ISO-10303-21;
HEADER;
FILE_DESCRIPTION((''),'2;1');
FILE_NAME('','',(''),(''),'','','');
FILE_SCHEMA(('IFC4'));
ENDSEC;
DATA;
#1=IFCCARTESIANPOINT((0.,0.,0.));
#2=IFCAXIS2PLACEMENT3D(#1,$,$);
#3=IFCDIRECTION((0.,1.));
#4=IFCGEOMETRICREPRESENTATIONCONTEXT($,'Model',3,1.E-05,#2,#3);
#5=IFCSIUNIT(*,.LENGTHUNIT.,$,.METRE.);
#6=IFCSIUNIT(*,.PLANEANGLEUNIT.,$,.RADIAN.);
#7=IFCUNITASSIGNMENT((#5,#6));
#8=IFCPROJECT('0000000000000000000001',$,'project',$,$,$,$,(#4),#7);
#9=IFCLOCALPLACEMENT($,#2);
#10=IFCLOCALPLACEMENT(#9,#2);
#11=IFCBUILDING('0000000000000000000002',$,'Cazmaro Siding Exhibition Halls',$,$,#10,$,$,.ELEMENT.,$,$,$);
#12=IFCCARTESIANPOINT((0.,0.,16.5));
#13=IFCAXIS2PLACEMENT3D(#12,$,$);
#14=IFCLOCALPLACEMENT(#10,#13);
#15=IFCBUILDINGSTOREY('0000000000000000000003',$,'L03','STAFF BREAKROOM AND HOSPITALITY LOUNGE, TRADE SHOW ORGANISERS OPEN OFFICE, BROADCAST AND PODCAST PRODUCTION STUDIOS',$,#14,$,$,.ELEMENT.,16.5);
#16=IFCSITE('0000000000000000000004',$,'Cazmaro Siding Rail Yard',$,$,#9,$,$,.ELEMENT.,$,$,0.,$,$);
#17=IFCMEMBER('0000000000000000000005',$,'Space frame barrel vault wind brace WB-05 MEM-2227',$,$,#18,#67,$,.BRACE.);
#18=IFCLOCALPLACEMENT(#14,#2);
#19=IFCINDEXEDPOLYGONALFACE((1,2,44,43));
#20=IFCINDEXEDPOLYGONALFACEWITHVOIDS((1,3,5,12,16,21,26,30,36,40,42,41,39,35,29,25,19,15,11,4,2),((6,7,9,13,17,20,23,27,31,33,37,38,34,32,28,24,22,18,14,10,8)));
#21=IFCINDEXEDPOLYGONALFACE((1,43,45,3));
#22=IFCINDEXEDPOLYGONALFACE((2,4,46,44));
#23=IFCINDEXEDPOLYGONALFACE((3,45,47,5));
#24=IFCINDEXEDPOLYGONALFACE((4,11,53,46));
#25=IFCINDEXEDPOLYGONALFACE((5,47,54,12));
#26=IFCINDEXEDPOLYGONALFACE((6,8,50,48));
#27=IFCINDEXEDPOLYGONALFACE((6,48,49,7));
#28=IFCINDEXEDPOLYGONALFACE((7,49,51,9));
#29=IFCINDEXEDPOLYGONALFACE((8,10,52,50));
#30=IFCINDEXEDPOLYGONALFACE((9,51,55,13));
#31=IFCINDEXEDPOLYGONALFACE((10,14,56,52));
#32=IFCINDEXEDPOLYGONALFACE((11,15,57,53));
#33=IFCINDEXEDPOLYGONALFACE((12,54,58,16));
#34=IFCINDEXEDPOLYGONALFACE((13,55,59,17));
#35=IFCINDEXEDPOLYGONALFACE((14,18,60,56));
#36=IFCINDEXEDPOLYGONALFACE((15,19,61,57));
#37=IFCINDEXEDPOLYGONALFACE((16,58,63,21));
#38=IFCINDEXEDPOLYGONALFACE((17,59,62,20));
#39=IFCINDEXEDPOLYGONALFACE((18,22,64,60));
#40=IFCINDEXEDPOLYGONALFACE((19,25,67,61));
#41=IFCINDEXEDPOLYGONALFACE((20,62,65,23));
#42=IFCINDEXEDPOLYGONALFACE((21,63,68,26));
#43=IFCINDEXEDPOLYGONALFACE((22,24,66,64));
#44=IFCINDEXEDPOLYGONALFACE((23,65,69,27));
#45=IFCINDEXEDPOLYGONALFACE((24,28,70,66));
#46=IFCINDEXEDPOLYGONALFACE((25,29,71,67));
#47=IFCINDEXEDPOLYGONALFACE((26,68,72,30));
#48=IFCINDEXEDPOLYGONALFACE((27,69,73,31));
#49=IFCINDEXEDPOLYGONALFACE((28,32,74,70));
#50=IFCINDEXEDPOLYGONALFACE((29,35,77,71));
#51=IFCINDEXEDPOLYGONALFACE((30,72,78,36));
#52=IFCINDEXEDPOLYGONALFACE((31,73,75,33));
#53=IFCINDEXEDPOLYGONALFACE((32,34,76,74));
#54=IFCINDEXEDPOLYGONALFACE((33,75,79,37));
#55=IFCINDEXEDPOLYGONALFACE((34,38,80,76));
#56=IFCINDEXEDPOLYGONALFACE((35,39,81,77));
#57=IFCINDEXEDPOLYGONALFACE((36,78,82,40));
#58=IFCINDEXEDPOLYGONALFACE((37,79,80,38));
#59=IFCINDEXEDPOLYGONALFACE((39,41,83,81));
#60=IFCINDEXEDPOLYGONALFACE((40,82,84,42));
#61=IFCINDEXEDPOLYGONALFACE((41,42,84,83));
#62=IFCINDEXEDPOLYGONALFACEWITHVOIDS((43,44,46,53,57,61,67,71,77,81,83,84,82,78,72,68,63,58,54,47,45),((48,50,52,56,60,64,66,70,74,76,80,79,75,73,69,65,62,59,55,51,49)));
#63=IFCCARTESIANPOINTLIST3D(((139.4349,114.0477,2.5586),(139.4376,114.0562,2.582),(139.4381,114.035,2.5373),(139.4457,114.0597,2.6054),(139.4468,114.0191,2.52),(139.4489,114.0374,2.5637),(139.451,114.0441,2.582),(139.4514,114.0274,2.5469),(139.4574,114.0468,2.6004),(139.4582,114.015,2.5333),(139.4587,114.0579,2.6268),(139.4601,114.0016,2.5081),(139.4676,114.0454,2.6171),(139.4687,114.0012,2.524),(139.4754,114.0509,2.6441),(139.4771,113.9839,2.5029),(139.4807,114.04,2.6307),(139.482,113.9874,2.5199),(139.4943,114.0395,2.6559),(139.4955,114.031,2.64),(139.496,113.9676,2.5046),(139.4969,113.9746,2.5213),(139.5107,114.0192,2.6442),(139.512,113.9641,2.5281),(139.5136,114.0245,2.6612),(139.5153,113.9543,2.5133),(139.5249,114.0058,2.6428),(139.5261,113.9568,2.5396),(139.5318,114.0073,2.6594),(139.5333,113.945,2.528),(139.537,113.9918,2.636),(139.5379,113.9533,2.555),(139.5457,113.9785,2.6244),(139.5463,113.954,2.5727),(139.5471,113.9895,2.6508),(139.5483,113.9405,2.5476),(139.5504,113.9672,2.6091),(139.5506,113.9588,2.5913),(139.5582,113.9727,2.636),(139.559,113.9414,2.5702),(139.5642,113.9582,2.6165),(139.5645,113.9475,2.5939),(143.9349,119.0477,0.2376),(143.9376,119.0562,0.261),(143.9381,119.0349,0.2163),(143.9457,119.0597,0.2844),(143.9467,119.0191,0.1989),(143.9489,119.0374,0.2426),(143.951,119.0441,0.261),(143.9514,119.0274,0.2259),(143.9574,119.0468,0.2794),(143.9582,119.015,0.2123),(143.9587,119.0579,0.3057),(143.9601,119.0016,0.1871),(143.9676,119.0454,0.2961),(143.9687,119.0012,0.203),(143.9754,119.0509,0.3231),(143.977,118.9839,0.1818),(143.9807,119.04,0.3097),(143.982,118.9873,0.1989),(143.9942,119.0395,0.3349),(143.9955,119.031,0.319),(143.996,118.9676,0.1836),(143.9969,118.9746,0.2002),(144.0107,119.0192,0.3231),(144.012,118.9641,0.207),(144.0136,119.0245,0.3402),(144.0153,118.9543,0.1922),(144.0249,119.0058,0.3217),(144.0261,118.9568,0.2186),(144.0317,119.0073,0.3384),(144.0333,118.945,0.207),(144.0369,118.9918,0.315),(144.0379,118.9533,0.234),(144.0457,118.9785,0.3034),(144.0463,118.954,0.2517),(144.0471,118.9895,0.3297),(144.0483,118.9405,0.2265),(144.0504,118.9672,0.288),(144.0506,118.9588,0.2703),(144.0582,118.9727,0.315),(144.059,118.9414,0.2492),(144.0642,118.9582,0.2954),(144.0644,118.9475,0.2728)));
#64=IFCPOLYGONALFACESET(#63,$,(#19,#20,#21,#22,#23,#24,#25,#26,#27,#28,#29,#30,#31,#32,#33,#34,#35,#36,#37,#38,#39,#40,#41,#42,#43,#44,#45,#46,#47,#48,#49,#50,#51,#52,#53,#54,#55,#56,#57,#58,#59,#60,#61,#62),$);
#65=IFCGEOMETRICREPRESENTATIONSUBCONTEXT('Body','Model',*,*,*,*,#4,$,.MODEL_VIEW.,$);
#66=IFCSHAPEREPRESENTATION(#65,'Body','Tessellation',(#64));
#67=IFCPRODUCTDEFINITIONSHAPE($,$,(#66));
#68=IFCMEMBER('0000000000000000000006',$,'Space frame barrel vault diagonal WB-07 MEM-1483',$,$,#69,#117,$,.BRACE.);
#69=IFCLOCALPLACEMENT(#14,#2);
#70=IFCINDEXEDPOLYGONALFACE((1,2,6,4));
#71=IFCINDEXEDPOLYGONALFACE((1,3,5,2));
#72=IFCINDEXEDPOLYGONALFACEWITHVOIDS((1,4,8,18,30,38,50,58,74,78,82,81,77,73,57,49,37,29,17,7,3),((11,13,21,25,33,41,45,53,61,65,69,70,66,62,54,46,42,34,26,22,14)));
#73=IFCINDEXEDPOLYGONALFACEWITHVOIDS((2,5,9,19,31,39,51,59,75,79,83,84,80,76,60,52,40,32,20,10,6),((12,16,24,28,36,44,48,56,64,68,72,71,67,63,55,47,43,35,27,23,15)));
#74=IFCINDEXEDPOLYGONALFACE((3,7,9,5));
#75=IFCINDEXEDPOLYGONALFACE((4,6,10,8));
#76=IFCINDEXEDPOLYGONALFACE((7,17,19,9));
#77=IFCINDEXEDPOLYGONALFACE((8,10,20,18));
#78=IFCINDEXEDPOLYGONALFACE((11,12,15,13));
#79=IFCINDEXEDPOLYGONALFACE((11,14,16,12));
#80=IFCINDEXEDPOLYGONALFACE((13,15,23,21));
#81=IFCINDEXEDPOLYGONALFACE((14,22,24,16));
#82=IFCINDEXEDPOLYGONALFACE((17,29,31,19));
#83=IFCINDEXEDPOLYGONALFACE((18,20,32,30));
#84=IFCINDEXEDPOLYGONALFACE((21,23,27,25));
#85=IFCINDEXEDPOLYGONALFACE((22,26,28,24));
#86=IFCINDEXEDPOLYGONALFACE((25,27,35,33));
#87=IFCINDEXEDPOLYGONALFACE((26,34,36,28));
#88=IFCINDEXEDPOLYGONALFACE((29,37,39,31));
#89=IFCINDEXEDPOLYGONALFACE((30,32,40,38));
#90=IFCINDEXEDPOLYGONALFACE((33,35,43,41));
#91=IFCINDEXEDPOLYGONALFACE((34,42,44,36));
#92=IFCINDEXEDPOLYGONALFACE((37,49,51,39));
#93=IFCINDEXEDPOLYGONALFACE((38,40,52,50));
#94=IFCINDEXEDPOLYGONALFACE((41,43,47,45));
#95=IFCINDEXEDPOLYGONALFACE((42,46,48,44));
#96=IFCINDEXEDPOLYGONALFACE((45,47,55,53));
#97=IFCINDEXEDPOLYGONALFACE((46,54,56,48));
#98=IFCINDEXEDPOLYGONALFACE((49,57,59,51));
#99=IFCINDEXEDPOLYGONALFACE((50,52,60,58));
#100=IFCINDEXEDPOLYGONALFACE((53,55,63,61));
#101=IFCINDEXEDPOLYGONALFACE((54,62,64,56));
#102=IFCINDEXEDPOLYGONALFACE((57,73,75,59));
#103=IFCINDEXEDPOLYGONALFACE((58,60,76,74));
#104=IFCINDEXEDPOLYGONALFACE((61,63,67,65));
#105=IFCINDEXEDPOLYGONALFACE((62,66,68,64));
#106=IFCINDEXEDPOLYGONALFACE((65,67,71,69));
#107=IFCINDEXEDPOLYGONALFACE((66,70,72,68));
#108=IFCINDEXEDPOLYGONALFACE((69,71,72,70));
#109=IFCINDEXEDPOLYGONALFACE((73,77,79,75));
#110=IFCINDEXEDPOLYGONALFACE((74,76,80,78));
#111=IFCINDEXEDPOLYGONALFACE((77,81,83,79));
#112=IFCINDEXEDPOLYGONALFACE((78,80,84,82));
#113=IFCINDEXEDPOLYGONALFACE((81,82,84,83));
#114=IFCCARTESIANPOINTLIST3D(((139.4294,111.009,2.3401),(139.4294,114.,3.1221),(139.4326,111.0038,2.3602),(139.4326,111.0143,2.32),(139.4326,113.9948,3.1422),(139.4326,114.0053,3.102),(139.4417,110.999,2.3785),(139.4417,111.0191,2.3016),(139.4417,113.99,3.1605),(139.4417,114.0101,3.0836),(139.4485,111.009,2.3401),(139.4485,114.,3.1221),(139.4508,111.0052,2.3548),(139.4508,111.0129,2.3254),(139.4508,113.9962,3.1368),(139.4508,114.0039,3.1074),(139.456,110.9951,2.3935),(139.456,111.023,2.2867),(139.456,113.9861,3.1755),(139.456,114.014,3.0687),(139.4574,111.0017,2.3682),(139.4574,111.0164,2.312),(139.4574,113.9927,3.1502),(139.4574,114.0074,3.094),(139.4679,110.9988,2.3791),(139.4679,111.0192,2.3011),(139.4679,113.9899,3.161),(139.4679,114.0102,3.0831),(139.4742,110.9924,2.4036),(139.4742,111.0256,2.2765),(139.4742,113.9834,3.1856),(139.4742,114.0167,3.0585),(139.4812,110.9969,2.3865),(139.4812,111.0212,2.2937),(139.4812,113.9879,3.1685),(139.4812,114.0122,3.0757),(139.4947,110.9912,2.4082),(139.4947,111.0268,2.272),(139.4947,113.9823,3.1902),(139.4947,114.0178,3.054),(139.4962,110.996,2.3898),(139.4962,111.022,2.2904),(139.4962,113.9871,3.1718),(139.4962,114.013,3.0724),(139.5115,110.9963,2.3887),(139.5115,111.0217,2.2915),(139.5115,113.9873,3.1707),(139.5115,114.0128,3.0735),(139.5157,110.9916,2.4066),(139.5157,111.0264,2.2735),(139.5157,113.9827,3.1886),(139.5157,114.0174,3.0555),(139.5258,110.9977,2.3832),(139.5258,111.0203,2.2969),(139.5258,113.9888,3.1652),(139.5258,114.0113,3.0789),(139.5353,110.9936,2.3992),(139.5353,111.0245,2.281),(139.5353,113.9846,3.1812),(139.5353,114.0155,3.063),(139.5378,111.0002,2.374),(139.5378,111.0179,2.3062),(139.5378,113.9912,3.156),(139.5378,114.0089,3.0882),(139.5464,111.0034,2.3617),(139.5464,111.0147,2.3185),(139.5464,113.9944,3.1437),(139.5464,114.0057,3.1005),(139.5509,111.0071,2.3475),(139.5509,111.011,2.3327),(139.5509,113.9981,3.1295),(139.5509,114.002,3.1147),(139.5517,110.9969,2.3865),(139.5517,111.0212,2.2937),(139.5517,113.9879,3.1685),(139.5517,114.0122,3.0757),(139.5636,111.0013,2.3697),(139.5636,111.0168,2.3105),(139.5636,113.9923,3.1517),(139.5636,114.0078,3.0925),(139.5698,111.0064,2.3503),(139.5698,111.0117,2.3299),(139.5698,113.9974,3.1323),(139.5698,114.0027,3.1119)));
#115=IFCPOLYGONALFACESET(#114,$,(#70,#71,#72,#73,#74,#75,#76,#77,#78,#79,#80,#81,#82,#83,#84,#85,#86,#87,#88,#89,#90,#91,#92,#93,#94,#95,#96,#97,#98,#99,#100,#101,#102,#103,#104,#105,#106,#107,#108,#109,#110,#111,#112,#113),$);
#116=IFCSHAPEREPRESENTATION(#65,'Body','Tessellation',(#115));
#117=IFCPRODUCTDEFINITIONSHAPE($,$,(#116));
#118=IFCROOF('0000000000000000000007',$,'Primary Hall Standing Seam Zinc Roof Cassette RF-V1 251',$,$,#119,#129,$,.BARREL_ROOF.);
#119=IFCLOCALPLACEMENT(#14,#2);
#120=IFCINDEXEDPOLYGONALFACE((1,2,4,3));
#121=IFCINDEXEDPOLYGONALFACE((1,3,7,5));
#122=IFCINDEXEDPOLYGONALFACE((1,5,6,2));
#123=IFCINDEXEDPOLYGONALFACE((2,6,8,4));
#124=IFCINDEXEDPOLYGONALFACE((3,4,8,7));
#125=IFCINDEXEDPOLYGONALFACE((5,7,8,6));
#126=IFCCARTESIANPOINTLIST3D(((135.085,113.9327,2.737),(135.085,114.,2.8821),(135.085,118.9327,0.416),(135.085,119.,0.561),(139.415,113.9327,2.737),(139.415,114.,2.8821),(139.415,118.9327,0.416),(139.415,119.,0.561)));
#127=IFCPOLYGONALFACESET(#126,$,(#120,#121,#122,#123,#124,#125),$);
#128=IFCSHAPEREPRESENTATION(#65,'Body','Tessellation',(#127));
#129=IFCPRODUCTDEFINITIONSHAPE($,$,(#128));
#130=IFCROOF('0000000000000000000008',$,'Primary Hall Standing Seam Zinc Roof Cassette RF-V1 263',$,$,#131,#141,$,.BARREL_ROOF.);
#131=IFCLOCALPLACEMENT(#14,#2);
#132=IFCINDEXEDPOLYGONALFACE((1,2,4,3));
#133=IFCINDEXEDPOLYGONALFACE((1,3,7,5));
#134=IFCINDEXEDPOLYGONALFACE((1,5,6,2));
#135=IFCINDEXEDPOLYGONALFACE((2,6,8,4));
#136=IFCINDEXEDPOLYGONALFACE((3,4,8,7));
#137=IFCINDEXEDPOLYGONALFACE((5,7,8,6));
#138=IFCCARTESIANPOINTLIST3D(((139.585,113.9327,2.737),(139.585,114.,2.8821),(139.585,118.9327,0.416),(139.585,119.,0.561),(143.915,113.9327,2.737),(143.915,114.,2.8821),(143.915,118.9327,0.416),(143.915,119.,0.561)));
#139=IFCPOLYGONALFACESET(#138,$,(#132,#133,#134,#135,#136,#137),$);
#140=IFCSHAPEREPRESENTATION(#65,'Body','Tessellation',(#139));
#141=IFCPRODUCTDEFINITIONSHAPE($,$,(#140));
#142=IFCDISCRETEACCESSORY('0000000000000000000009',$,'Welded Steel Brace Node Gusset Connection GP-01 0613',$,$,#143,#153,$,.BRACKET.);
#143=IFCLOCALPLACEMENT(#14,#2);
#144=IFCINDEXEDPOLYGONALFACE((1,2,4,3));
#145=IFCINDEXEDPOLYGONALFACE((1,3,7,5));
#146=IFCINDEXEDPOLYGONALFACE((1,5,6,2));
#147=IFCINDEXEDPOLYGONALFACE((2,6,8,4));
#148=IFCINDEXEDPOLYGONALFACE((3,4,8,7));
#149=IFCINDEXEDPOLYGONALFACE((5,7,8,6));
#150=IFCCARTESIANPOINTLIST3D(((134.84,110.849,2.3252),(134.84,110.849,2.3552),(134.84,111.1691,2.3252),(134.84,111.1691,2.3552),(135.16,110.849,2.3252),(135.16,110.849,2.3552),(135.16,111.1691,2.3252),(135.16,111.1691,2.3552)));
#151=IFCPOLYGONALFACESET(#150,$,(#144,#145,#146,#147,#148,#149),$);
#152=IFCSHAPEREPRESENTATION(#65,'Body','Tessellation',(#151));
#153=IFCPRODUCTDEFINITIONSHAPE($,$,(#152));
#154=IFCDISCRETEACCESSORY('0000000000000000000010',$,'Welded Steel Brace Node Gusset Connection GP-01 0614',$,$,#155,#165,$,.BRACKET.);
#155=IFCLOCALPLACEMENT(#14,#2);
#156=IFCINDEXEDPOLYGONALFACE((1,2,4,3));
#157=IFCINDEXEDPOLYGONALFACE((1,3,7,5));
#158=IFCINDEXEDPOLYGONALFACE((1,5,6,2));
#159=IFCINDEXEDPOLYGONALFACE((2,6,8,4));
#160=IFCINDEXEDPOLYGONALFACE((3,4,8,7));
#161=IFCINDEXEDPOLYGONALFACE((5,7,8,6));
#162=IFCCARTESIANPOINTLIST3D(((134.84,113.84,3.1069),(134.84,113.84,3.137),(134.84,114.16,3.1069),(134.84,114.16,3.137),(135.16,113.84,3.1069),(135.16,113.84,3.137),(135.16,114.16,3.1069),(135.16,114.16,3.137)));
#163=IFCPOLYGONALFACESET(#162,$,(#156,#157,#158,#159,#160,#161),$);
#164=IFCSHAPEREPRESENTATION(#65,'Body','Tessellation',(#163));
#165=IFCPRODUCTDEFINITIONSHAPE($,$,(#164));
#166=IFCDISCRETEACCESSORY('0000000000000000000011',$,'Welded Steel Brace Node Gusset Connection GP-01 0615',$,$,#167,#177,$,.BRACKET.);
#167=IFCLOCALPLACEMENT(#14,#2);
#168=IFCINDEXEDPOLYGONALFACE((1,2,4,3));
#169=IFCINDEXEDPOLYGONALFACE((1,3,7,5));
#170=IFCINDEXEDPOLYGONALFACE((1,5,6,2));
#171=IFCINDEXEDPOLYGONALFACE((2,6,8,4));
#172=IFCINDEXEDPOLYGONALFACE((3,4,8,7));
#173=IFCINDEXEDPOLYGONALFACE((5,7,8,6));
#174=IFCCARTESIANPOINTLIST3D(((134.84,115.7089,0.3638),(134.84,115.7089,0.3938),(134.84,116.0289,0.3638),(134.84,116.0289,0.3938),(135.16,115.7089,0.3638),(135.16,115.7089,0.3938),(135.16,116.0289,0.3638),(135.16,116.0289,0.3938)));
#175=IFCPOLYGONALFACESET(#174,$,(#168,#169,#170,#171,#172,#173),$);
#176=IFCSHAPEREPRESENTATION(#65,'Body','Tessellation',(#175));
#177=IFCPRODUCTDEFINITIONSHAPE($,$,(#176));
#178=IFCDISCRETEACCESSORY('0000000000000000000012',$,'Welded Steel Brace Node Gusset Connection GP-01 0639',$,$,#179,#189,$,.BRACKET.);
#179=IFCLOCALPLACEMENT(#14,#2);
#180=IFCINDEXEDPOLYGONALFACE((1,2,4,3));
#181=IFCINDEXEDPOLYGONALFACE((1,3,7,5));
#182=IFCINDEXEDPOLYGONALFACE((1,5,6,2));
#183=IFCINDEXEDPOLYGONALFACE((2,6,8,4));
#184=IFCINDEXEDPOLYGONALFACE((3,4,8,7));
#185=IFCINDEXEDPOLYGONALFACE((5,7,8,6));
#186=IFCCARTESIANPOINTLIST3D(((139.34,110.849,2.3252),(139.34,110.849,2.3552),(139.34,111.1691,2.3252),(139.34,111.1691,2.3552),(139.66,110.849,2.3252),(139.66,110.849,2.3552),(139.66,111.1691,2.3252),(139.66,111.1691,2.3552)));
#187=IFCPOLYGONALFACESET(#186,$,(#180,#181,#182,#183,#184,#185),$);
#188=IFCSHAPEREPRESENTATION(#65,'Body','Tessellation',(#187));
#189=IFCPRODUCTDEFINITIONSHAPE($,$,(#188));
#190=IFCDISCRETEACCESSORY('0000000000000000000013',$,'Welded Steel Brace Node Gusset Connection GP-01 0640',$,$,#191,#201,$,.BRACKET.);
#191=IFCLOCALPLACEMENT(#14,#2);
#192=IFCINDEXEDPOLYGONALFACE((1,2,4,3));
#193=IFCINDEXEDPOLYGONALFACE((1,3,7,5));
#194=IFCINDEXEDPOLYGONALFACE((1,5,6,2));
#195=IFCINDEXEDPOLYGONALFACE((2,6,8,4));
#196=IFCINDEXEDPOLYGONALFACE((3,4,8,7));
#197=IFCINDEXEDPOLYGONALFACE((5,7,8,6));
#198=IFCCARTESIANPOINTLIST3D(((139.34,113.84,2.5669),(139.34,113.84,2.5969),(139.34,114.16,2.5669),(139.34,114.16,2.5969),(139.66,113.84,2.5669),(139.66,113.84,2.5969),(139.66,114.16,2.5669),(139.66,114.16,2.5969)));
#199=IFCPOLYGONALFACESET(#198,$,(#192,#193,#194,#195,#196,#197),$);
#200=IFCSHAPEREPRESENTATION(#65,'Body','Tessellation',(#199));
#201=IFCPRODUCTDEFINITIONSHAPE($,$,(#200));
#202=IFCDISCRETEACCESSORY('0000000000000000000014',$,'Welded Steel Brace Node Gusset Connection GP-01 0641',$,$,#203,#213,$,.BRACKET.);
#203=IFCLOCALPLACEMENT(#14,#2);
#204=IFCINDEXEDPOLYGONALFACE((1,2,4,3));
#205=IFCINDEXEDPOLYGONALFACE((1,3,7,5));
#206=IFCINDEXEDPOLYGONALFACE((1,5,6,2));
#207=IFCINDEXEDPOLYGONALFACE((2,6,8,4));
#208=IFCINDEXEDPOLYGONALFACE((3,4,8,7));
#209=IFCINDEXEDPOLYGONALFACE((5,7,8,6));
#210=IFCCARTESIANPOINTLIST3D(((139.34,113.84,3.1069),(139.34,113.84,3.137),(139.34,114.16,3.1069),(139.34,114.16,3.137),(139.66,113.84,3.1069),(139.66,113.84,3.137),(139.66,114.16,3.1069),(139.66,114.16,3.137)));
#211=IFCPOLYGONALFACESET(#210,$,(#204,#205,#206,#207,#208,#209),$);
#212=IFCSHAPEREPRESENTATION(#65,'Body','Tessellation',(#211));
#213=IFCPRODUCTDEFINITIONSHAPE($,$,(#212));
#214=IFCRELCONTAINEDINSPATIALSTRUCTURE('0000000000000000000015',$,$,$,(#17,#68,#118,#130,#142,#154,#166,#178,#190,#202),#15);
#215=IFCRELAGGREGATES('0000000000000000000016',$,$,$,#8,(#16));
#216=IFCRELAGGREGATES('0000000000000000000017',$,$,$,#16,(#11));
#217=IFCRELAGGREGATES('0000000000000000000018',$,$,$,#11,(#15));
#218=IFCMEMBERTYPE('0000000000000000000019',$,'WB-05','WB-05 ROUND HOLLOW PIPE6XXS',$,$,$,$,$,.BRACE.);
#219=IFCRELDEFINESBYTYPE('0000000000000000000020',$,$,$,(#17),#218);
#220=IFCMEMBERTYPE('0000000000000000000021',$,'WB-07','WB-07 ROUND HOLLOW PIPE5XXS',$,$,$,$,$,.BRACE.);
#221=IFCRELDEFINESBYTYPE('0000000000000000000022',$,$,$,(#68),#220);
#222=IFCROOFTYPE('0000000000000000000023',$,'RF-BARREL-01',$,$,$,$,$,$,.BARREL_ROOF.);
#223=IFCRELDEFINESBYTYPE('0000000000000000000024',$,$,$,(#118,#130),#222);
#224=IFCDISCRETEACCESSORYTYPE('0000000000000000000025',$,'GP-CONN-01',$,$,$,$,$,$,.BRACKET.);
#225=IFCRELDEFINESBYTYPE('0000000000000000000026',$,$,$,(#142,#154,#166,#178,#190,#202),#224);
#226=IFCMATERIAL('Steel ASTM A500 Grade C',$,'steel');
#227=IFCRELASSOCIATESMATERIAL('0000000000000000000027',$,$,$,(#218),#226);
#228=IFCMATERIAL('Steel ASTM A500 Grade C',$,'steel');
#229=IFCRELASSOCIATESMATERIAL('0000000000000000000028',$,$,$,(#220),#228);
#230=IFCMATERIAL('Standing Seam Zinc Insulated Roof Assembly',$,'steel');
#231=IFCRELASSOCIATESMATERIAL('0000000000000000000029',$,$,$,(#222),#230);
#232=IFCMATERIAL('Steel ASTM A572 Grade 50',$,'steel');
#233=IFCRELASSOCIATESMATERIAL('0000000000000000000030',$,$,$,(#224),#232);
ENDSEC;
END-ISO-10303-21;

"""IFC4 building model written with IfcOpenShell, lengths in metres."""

from ifc_helpers import new_model, si_unit, direction, frame, origin, origin_2d, place, context, subcontext, project, spatial, polyline, rectangle, hollow_circle, outline, extrude, material, material_profile, profile_set, type_object, element, save


model = new_model("IFC4")

# Units and contexts
model_context = context("Model", 3, precision=1e-05, world=origin(), true_north=direction((0.0, 1.0)))
body_context = subcontext(model_context, "Body", "Model", "MODEL_VIEW")
ifc_project = project(units=[si_unit("LENGTHUNIT", "METRE"), si_unit("PLANEANGLEUNIT", "RADIAN")], contexts=[model_context])

# Site, building, storey
site_placement = place(None, origin())
site = spatial("IfcSite", under=ifc_project, at=site_placement, Name="Cazmaro Siding Rail Yard", CompositionType="ELEMENT", RefElevation=0.0)
building_placement = place(site_placement, origin())
building = spatial("IfcBuilding", under=site, at=building_placement, Name="Cazmaro Siding Exhibition Halls", CompositionType="ELEMENT")
storey_placement = place(building_placement, frame((0.0, 0.0, 16.5)))
storey = spatial("IfcBuildingStorey", under=building, at=storey_placement, Name="L03", Description="STAFF BREAKROOM AND HOSPITALITY LOUNGE, TRADE SHOW ORGANISERS OPEN OFFICE, BROADCAST AND PODCAST PRODUCTION STUDIOS", CompositionType="ELEMENT", Elevation=16.5)

# Members
ifc_material_1 = material(Name="Steel ASTM A500 Grade C", Category="steel")
ifc_material_profile_1 = material_profile(ifc_material_1, hollow_circle(Radius=0.084, WallThickness=0.0181, at=origin_2d()), Name="PIPE6XXS")
ifc_profile_set_1 = profile_set([ifc_material_profile_1], Name="Steel ASTM A500 Grade C")
member_type_1 = type_object("IfcMemberType", Name="WB-05", Description="WB-05 ROUND HOLLOW PIPE6XXS", PredefinedType="BRACE", material=ifc_profile_set_1)
member_1_placement = place(storey_placement, frame((139.5, 114.0, 2.582), z_axis=(0.632379, 0.702643, -0.326173), x_axis=(-0.743294, 0.668965, 0.0)))
element("IfcMember", 1, at=member_1_placement, inside=storey, type_object=member_type_1, Name="Space frame barrel vault wind brace WB-05 MEM-2227", PredefinedType="BRACE", context=body_context, shape_type="SweptSolid", body=[
    extrude(hollow_circle(Radius=0.084, WallThickness=0.0181, at=origin_2d()), origin(), (0.0, 0.0, 1.0), 7.116),
])
ifc_material_2 = material(Name="Steel ASTM A500 Grade C", Category="steel")
ifc_material_profile_2 = material_profile(ifc_material_2, hollow_circle(Radius=0.0706, WallThickness=0.019, at=origin_2d()), Name="PIPE5XXS")
ifc_profile_set_2 = profile_set([ifc_material_profile_2], Name="Steel ASTM A500 Grade C")
member_type_2 = type_object("IfcMemberType", Name="WB-07", Description="WB-07 ROUND HOLLOW PIPE5XXS", PredefinedType="BRACE", material=ifc_profile_set_2)
member_2_placement = place(storey_placement, frame((139.5, 111.009, 2.3401), z_axis=(0.0, 0.96748, 0.252946), x_axis=(-1.0, 0.0, 0.0)))
element("IfcMember", 2, at=member_2_placement, inside=storey, type_object=member_type_2, Name="Space frame barrel vault diagonal WB-07 MEM-1483", PredefinedType="BRACE", context=body_context, shape_type="SweptSolid", body=[
    extrude(hollow_circle(Radius=0.0706, WallThickness=0.019, at=origin_2d()), origin(), (0.0, 0.0, 1.0), 3.0916),
])

# Roofs
ifc_material_3 = material(Name="Standing Seam Zinc Insulated Roof Assembly", Category="steel")
roof_type = type_object("IfcRoofType", Name="RF-BARREL-01", PredefinedType="BARREL_ROOF", material=ifc_material_3)
for number, where, z_axis, x_axis, name in (
    (3, (135.085, 114.0, 2.8821), (0.0, 0.421054, 0.907036), (1.0, 0.0, 0.0), "Primary Hall Standing Seam Zinc Roof Cassette RF-V1 251"),
    (4, (139.585, 114.0, 2.8821), (0.0, 0.421054, 0.907036), (1.0, 0.0, 0.0), "Primary Hall Standing Seam Zinc Roof Cassette RF-V1 263"),
):
    element("IfcRoof", number, at=place(storey_placement, frame(where, z_axis=z_axis, x_axis=x_axis)), inside=storey, type_object=roof_type, Name=name, PredefinedType="BARREL_ROOF", context=body_context, shape_type="SweptSolid", body=[
        extrude(outline(polyline([(0.0, 0.0), (4.3301, 0.0), (4.3301, 5.5125), (0.0, 5.5125), (0.0, 0.0)])), origin(), (0.0, 0.0, -1.0), 0.1599),
    ])

# Discrete accessories
ifc_material_4 = material(Name="Steel ASTM A572 Grade 50", Category="steel")
discrete_accessory_type = type_object("IfcDiscreteAccessoryType", Name="GP-CONN-01", PredefinedType="BRACKET", material=ifc_material_4)
for number, where, z_axis, x_axis, name in (
    (5, (135.0, 111.009, 2.3252), (0.0, 0.0, 1.0), (1.0, 0.0, 0.0), "Welded Steel Brace Node Gusset Connection GP-01 0613"),
    (6, (135.0, 114.0, 3.1069), (0.0, 0.0, 1.0), (1.0, 0.0, 0.0), "Welded Steel Brace Node Gusset Connection GP-01 0614"),
    (7, (135.0, 115.8689, 0.3638), (0.0, 0.0, 1.0), (1.0, 0.0, 0.0), "Welded Steel Brace Node Gusset Connection GP-01 0615"),
    (8, (139.5, 111.009, 2.3252), (0.0, 0.0, 1.0), (1.0, 0.0, 0.0), "Welded Steel Brace Node Gusset Connection GP-01 0639"),
    (9, (139.5, 114.0, 2.5669), (0.0, 0.0, 1.0), (1.0, 0.0, 0.0), "Welded Steel Brace Node Gusset Connection GP-01 0640"),
    (10, (139.5, 114.0, 3.1069), (0.0, 0.0, 1.0), (1.0, 0.0, 0.0), "Welded Steel Brace Node Gusset Connection GP-01 0641"),
):
    element("IfcDiscreteAccessory", number, at=place(storey_placement, frame(where, z_axis=z_axis, x_axis=x_axis)), inside=storey, type_object=discrete_accessory_type, Name=name, PredefinedType="BRACKET", context=body_context, shape_type="SweptSolid", body=[
        extrude(rectangle(XDim=0.3201, YDim=0.3201, at=origin_2d()), origin(), (0.0, 0.0, 1.0), 0.03),
    ])

save(model, "model.ifc")
